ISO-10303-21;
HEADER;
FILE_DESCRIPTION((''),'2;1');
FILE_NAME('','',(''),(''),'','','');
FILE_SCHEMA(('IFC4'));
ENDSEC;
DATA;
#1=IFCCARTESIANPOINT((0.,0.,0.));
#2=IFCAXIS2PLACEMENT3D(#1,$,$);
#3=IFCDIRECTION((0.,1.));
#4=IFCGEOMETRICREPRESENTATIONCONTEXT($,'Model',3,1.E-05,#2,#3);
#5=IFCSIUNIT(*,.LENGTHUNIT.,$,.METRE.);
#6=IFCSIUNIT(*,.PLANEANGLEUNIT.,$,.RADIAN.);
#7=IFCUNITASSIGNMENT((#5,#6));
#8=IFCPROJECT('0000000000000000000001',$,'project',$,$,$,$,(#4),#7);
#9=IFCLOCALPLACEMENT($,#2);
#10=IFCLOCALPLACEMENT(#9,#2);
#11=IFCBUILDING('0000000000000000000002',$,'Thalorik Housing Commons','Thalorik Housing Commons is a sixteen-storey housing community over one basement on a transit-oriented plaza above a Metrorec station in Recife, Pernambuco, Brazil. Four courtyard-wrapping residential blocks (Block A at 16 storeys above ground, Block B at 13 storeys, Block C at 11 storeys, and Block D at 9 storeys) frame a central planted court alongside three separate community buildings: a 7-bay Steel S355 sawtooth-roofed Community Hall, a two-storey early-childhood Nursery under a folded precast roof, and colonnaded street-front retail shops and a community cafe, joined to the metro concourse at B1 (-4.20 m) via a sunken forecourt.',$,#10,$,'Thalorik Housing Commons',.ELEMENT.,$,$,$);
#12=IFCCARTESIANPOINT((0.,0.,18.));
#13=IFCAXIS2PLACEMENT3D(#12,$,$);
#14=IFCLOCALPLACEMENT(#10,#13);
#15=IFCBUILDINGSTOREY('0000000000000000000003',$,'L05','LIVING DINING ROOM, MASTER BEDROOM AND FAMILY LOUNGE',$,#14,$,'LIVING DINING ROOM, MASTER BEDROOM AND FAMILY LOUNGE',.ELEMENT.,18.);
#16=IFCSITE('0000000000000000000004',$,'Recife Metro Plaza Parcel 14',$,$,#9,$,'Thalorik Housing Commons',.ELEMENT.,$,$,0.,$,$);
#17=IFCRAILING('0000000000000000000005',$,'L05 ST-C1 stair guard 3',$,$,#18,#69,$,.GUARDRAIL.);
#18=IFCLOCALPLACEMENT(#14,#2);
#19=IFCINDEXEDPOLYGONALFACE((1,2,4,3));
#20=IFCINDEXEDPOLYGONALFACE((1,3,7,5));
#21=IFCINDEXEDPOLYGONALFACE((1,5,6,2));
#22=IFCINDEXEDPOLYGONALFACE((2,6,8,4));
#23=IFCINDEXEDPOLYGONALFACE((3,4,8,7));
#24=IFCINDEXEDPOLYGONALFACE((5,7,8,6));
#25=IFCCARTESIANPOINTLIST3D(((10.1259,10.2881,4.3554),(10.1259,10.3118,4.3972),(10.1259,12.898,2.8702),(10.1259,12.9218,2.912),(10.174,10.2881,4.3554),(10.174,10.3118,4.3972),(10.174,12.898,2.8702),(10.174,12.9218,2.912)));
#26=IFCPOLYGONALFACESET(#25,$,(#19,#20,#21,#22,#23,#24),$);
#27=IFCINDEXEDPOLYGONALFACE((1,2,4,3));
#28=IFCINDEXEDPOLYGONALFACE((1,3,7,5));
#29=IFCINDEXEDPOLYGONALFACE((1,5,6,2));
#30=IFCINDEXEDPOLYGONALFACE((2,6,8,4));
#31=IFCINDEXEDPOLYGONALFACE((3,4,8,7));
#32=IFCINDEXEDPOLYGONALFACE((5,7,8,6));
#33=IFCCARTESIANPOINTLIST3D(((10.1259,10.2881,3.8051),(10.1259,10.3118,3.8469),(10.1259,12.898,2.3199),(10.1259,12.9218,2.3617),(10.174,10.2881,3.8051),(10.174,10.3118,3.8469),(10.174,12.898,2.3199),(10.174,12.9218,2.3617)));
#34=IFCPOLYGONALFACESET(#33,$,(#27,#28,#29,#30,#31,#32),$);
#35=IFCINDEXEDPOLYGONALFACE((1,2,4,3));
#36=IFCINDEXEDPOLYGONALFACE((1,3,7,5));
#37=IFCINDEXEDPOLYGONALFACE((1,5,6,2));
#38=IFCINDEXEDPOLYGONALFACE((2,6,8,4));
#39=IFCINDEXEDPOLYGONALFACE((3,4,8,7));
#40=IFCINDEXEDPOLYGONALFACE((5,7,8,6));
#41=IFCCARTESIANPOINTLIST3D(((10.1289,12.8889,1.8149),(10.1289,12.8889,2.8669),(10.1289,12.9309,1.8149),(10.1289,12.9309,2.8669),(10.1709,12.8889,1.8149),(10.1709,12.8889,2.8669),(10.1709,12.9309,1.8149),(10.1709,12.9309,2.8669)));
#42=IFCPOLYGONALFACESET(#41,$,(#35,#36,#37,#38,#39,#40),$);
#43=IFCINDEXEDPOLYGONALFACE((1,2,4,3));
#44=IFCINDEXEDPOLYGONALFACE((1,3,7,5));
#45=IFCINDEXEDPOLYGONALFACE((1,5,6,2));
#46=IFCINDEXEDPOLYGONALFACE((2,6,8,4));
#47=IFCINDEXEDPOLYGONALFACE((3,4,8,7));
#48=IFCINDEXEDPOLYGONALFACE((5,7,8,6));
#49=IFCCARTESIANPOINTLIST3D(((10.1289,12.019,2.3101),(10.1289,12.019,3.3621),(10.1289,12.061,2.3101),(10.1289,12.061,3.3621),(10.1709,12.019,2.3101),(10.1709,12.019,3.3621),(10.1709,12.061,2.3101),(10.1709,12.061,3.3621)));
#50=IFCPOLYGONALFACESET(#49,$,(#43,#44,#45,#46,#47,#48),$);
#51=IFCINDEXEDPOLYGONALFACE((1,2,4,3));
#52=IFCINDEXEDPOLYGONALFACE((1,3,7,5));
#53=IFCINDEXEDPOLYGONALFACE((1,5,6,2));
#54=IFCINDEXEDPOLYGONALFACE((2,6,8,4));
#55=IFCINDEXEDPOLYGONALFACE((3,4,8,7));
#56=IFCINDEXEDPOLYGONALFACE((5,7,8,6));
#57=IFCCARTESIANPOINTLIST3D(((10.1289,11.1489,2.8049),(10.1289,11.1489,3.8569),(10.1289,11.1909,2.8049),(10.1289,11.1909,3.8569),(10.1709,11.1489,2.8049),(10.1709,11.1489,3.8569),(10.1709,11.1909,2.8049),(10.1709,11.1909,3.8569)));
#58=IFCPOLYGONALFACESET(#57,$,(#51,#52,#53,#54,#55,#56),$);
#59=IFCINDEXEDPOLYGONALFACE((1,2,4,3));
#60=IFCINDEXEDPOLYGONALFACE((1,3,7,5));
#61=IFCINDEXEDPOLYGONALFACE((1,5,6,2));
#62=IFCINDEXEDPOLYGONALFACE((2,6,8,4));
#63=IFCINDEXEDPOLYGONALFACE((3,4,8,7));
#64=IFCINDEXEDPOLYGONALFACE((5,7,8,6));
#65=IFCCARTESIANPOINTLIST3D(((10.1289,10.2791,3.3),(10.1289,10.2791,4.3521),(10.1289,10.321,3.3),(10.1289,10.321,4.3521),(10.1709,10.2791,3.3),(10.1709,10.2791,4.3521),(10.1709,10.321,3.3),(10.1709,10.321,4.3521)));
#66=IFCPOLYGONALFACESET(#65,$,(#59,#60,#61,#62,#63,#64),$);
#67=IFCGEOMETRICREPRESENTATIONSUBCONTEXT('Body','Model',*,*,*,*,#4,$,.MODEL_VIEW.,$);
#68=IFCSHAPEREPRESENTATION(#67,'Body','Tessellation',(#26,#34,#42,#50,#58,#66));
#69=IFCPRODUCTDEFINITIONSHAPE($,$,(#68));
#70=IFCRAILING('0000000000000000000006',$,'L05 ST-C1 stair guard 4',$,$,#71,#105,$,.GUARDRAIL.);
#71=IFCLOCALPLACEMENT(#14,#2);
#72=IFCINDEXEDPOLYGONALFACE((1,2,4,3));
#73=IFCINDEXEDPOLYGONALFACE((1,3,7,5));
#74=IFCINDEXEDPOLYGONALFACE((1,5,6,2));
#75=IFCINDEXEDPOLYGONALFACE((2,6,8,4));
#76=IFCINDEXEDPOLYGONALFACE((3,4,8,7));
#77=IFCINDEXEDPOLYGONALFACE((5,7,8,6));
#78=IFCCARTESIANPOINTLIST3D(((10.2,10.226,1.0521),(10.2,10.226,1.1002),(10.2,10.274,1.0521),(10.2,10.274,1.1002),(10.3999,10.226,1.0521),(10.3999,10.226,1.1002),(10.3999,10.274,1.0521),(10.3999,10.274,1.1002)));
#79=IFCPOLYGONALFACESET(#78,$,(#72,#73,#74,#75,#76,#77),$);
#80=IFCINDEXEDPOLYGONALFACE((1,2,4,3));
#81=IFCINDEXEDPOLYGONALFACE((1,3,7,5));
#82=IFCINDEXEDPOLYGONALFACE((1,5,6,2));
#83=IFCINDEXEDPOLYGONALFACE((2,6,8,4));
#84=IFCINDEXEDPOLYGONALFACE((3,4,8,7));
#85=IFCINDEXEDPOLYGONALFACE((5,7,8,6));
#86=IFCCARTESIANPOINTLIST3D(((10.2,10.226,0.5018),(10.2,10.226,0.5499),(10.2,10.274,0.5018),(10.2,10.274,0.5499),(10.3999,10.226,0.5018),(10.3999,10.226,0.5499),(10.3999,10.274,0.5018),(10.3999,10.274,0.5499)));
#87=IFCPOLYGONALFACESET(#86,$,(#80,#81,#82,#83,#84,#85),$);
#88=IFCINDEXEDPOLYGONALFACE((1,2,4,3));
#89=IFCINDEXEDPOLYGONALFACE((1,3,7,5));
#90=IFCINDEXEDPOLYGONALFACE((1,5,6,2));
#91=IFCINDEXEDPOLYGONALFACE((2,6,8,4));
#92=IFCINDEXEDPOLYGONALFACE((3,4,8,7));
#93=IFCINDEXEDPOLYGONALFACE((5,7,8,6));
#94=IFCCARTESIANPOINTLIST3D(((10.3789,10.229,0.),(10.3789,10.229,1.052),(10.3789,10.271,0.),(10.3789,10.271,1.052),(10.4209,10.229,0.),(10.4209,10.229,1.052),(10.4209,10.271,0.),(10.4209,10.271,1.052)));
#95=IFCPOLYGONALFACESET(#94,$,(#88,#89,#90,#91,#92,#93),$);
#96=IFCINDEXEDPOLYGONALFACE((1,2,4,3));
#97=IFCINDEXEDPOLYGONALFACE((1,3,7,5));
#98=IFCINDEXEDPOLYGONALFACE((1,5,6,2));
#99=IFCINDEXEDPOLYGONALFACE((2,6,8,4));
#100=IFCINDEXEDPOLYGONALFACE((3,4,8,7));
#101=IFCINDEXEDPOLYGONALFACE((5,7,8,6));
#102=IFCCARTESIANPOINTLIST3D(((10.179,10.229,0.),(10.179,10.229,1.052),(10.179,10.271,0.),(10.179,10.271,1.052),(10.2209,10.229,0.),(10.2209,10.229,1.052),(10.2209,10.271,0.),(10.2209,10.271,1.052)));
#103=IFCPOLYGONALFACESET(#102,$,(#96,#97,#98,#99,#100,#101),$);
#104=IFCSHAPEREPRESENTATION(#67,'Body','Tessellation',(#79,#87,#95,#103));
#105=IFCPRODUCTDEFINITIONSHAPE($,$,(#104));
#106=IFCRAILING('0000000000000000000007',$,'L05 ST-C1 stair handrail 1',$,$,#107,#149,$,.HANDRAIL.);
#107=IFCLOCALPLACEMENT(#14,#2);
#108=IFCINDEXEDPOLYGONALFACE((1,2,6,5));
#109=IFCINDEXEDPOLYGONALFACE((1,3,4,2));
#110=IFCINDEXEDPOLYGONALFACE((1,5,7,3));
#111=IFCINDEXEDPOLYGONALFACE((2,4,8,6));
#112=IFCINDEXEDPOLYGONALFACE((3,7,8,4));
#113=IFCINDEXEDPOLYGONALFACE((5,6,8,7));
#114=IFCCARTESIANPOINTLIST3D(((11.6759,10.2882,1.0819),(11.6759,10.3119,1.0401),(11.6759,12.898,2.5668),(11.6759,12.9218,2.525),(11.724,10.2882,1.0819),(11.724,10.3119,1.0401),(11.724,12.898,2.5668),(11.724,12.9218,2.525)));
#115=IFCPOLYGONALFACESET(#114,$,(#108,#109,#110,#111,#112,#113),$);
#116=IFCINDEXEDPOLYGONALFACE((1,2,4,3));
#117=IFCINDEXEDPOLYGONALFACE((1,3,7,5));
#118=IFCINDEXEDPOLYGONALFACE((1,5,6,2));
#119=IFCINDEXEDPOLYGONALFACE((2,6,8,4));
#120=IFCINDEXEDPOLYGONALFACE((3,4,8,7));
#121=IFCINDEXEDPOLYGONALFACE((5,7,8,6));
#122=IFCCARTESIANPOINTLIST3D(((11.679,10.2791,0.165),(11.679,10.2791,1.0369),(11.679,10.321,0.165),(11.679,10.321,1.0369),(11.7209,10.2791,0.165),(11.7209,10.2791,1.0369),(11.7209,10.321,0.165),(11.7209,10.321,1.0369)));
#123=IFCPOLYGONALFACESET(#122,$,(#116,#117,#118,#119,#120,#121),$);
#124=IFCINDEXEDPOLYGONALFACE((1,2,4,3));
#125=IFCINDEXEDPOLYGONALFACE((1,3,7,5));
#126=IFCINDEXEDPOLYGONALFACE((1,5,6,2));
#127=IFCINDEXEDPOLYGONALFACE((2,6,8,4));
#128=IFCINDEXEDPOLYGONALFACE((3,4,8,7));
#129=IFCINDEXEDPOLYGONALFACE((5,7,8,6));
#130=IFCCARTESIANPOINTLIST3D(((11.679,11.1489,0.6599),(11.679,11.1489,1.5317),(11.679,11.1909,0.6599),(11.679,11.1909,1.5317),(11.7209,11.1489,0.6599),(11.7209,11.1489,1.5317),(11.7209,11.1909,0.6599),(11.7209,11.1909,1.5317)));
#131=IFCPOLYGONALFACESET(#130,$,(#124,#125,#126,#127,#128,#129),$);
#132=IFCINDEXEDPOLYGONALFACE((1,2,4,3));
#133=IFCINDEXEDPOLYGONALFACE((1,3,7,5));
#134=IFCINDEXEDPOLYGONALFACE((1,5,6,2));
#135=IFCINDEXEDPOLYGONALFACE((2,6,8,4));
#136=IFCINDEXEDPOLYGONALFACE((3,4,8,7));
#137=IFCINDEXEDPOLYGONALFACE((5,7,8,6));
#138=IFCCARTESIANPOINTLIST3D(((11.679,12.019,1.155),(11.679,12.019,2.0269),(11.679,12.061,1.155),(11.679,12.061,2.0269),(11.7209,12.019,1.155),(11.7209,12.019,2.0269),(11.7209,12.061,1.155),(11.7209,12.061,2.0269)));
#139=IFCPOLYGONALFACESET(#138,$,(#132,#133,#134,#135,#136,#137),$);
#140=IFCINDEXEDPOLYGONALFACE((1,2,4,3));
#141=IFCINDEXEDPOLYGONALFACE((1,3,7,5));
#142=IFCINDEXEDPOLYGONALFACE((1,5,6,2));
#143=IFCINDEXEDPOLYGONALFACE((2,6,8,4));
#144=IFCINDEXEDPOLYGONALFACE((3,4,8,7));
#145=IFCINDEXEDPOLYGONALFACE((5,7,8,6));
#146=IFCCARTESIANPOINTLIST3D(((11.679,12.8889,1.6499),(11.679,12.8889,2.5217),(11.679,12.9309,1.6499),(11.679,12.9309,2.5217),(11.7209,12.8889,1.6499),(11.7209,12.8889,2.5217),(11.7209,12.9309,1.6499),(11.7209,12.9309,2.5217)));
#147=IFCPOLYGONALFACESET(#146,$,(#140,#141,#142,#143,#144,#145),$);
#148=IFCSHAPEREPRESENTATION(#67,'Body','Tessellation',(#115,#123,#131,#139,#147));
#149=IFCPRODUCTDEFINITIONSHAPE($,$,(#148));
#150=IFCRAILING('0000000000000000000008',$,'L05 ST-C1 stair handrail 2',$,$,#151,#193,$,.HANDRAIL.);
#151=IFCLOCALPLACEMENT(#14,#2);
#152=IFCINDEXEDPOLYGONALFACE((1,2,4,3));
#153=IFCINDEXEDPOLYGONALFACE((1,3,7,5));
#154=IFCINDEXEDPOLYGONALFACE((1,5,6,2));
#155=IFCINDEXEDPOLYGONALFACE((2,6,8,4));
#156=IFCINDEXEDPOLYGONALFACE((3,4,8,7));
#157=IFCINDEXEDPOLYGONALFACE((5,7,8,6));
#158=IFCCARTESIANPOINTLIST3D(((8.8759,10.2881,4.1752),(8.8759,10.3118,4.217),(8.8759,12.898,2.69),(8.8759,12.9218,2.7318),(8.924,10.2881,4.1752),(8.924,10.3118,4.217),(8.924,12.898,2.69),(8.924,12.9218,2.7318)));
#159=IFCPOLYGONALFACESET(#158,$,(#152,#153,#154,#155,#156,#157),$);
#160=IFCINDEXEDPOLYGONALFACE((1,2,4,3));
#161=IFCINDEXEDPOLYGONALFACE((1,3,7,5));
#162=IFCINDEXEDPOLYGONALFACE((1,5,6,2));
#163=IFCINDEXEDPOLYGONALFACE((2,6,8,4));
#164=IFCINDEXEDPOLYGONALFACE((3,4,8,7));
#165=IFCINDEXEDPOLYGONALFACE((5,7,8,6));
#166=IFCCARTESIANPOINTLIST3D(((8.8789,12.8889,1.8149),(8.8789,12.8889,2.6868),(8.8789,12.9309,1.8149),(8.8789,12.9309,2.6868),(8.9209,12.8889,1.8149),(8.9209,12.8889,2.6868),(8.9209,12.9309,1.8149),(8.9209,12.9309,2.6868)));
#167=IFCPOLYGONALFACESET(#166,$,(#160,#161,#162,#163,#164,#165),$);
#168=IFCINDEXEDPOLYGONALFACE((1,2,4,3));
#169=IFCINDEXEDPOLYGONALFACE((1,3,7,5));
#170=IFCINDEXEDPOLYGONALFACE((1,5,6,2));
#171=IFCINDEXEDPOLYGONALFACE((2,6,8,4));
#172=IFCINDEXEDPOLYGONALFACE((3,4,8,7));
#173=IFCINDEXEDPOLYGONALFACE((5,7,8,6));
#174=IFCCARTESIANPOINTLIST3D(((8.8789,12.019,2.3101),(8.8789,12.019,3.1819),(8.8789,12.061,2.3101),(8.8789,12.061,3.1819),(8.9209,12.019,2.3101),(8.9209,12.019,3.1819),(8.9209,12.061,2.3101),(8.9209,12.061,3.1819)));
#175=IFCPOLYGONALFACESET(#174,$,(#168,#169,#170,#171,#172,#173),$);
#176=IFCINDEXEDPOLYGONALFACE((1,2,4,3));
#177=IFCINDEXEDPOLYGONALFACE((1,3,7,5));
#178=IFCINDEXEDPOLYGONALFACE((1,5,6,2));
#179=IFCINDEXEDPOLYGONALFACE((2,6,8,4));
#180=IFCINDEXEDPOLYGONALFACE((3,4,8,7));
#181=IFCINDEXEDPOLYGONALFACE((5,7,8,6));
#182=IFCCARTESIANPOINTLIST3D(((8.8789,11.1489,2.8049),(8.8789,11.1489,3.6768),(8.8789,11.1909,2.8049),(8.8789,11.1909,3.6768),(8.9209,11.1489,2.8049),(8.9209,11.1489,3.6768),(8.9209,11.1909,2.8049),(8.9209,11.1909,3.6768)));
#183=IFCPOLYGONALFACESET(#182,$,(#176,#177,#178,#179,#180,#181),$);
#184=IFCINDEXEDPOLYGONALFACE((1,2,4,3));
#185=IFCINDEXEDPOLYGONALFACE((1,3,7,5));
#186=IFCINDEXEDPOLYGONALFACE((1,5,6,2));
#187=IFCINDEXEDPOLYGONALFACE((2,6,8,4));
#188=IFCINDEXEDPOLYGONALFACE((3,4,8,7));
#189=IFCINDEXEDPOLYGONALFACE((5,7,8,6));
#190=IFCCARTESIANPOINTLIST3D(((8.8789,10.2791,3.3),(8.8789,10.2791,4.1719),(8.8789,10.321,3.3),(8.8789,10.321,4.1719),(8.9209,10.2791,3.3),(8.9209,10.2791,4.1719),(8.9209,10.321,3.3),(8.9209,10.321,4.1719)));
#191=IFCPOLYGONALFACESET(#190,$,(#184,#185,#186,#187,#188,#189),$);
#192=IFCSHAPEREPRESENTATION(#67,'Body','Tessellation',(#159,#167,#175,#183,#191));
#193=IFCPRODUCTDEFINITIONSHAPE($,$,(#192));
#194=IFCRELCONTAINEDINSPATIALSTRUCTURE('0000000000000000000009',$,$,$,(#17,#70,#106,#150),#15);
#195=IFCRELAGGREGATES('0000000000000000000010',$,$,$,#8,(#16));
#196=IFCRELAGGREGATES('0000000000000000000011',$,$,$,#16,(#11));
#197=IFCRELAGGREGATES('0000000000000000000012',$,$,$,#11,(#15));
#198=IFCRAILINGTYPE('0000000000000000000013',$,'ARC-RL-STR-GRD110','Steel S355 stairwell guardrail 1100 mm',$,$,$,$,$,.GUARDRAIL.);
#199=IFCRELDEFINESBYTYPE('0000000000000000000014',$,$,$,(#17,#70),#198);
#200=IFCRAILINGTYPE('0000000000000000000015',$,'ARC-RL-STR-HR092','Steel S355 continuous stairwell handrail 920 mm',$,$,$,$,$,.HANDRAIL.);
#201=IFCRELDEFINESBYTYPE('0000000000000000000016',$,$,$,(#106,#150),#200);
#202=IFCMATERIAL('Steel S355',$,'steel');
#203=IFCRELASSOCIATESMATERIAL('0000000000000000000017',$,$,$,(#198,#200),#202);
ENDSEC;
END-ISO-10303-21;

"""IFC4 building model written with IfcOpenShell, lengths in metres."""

from ifc_helpers import new_model, si_unit, direction, frame, origin, origin_2d, place, context, subcontext, project, spatial, rectangle, extrude, material, type_object, element, save


model = new_model("IFC4")

# Units and contexts
model_context = context("Model", 3, precision=1e-05, world=origin(), true_north=direction((0.0, 1.0)))
body_context = subcontext(model_context, "Body", "Model", "MODEL_VIEW")
ifc_project = project(units=[si_unit("LENGTHUNIT", "METRE"), si_unit("PLANEANGLEUNIT", "RADIAN")], contexts=[model_context])

# Site, building, storey
site_placement = place(None, origin())
site = spatial("IfcSite", under=ifc_project, at=site_placement, Name="Recife Metro Plaza Parcel 14", LongName="Thalorik Housing Commons", CompositionType="ELEMENT", RefElevation=0.0)
building_placement = place(site_placement, origin())
building = spatial("IfcBuilding", under=site, at=building_placement, Name="Thalorik Housing Commons", Description="Thalorik Housing Commons is a sixteen-storey housing community over one basement on a transit-oriented plaza above a Metrorec station in Recife, Pernambuco, Brazil. Four courtyard-wrapping residential blocks (Block A at 16 storeys above ground, Block B at 13 storeys, Block C at 11 storeys, and Block D at 9 storeys) frame a central planted court alongside three separate community buildings: a 7-bay Steel S355 sawtooth-roofed Community Hall, a two-storey early-childhood Nursery under a folded precast roof, and colonnaded street-front retail shops and a community cafe, joined to the metro concourse at B1 (-4.20 m) via a sunken forecourt.", LongName="Thalorik Housing Commons", CompositionType="ELEMENT")
storey_placement = place(building_placement, frame((0.0, 0.0, 18.0)))
storey = spatial("IfcBuildingStorey", under=building, at=storey_placement, Name="L05", Description="LIVING DINING ROOM, MASTER BEDROOM AND FAMILY LOUNGE", LongName="LIVING DINING ROOM, MASTER BEDROOM AND FAMILY LOUNGE", CompositionType="ELEMENT", Elevation=18.0)

# Shared definitions
ifc_material_1 = material(Name="Steel S355", Category="steel")

# Railings
railing_type_1 = type_object("IfcRailingType", Name="ARC-RL-STR-GRD110", Description="Steel S355 stairwell guardrail 1100 mm", PredefinedType="GUARDRAIL", material=ifc_material_1)
railing_1_placement = place(storey_placement, frame((10.1499, 12.9099, 1.8149)))
element("IfcRailing", 1, at=railing_1_placement, inside=storey, type_object=railing_type_1, Name="L05 ST-C1 stair guard 3", PredefinedType="GUARDRAIL", context=body_context, shape_type="SweptSolid", body=[
    extrude(rectangle(XDim=0.0481, YDim=0.0481, at=origin_2d()), frame((0.0, 0.0, 1.0762), z_axis=(0.0, -0.869137, 0.494571), x_axis=(1.0, 0.0, 0.0)), (0.0, 0.0, 1.0), 3.0029),
    extrude(rectangle(XDim=0.0481, YDim=0.0481, at=origin_2d()), frame((0.0, 0.0, 0.5259), z_axis=(0.0, -0.869137, 0.494571), x_axis=(1.0, 0.0, 0.0)), (0.0, 0.0, 1.0), 3.0029),
    extrude(rectangle(XDim=0.042, YDim=0.042, at=origin_2d()), origin(), (0.0, 0.0, 1.0), 1.052),
    extrude(rectangle(XDim=0.042, YDim=0.042, at=origin_2d()), frame((0.0, -0.8699, 0.4951)), (0.0, 0.0, 1.0), 1.052),
    extrude(rectangle(XDim=0.042, YDim=0.042, at=origin_2d()), frame((0.0, -1.74, 0.99)), (0.0, 0.0, 1.0), 1.052),
    extrude(rectangle(XDim=0.042, YDim=0.042, at=origin_2d()), frame((0.0, -2.6099, 1.4851)), (0.0, 0.0, 1.0), 1.052),
])
railing_2_placement = place(storey_placement, frame((10.3999, 10.25, 0.0)))
element("IfcRailing", 2, at=railing_2_placement, inside=storey, type_object=railing_type_1, Name="L05 ST-C1 stair guard 4", PredefinedType="GUARDRAIL", context=body_context, shape_type="SweptSolid", body=[
    extrude(rectangle(XDim=0.0481, YDim=0.0481, at=origin_2d()), frame((0.0, 0.0, 1.0762), z_axis=(-1.0, 0.0, 0.0), x_axis=(0.0, -1.0, 0.0)), (0.0, 0.0, 1.0), 0.2),
    extrude(rectangle(XDim=0.0481, YDim=0.0481, at=origin_2d()), frame((0.0, 0.0, 0.5259), z_axis=(-1.0, 0.0, 0.0), x_axis=(0.0, -1.0, 0.0)), (0.0, 0.0, 1.0), 0.2),
    extrude(rectangle(XDim=0.042, YDim=0.042, at=origin_2d()), origin(), (0.0, 0.0, 1.0), 1.052),
    extrude(rectangle(XDim=0.042, YDim=0.042, at=origin_2d()), frame((-0.2, 0.0, 0.0)), (0.0, 0.0, 1.0), 1.052),
])
railing_type_2 = type_object("IfcRailingType", Name="ARC-RL-STR-HR092", Description="Steel S355 continuous stairwell handrail 920 mm", PredefinedType="HANDRAIL", material=ifc_material_1)
railing_3_placement = place(storey_placement, frame((11.7, 10.3, 0.165)))
element("IfcRailing", 3, at=railing_3_placement, inside=storey, type_object=railing_type_2, Name="L05 ST-C1 stair handrail 1", PredefinedType="HANDRAIL", context=body_context, shape_type="SweptSolid", body=[
    extrude(rectangle(XDim=0.0481, YDim=0.0481, at=origin_2d()), frame((0.0, 0.0, 0.896), z_axis=(0.0, 0.869172, 0.494509), x_axis=(-1.0, 0.0, 0.0)), (0.0, 0.0, 1.0), 3.0027),
    extrude(rectangle(XDim=0.042, YDim=0.042, at=origin_2d()), origin(), (0.0, 0.0, 1.0), 0.8718),
    extrude(rectangle(XDim=0.042, YDim=0.042, at=origin_2d()), frame((0.0, 0.8699, 0.4949)), (0.0, 0.0, 1.0), 0.8718),
    extrude(rectangle(XDim=0.042, YDim=0.042, at=origin_2d()), frame((0.0, 1.74, 0.99)), (0.0, 0.0, 1.0), 0.8718),
    extrude(rectangle(XDim=0.042, YDim=0.042, at=origin_2d()), frame((0.0, 2.6099, 1.4849)), (0.0, 0.0, 1.0), 0.8718),
])
railing_4_placement = place(storey_placement, frame((8.8999, 12.9099, 1.8149)))
element("IfcRailing", 4, at=railing_4_placement, inside=storey, type_object=railing_type_2, Name="L05 ST-C1 stair handrail 2", PredefinedType="HANDRAIL", context=body_context, shape_type="SweptSolid", body=[
    extrude(rectangle(XDim=0.0481, YDim=0.0481, at=origin_2d()), frame((0.0, 0.0, 0.896), z_axis=(0.0, -0.869137, 0.494571), x_axis=(1.0, 0.0, 0.0)), (0.0, 0.0, 1.0), 3.0029),
    extrude(rectangle(XDim=0.042, YDim=0.042, at=origin_2d()), origin(), (0.0, 0.0, 1.0), 0.8718),
    extrude(rectangle(XDim=0.042, YDim=0.042, at=origin_2d()), frame((0.0, -0.8699, 0.4951)), (0.0, 0.0, 1.0), 0.8718),
    extrude(rectangle(XDim=0.042, YDim=0.042, at=origin_2d()), frame((0.0, -1.74, 0.99)), (0.0, 0.0, 1.0), 0.8718),
    extrude(rectangle(XDim=0.042, YDim=0.042, at=origin_2d()), frame((0.0, -2.6099, 1.4851)), (0.0, 0.0, 1.0), 0.8718),
])

save(model, "model.ifc")
